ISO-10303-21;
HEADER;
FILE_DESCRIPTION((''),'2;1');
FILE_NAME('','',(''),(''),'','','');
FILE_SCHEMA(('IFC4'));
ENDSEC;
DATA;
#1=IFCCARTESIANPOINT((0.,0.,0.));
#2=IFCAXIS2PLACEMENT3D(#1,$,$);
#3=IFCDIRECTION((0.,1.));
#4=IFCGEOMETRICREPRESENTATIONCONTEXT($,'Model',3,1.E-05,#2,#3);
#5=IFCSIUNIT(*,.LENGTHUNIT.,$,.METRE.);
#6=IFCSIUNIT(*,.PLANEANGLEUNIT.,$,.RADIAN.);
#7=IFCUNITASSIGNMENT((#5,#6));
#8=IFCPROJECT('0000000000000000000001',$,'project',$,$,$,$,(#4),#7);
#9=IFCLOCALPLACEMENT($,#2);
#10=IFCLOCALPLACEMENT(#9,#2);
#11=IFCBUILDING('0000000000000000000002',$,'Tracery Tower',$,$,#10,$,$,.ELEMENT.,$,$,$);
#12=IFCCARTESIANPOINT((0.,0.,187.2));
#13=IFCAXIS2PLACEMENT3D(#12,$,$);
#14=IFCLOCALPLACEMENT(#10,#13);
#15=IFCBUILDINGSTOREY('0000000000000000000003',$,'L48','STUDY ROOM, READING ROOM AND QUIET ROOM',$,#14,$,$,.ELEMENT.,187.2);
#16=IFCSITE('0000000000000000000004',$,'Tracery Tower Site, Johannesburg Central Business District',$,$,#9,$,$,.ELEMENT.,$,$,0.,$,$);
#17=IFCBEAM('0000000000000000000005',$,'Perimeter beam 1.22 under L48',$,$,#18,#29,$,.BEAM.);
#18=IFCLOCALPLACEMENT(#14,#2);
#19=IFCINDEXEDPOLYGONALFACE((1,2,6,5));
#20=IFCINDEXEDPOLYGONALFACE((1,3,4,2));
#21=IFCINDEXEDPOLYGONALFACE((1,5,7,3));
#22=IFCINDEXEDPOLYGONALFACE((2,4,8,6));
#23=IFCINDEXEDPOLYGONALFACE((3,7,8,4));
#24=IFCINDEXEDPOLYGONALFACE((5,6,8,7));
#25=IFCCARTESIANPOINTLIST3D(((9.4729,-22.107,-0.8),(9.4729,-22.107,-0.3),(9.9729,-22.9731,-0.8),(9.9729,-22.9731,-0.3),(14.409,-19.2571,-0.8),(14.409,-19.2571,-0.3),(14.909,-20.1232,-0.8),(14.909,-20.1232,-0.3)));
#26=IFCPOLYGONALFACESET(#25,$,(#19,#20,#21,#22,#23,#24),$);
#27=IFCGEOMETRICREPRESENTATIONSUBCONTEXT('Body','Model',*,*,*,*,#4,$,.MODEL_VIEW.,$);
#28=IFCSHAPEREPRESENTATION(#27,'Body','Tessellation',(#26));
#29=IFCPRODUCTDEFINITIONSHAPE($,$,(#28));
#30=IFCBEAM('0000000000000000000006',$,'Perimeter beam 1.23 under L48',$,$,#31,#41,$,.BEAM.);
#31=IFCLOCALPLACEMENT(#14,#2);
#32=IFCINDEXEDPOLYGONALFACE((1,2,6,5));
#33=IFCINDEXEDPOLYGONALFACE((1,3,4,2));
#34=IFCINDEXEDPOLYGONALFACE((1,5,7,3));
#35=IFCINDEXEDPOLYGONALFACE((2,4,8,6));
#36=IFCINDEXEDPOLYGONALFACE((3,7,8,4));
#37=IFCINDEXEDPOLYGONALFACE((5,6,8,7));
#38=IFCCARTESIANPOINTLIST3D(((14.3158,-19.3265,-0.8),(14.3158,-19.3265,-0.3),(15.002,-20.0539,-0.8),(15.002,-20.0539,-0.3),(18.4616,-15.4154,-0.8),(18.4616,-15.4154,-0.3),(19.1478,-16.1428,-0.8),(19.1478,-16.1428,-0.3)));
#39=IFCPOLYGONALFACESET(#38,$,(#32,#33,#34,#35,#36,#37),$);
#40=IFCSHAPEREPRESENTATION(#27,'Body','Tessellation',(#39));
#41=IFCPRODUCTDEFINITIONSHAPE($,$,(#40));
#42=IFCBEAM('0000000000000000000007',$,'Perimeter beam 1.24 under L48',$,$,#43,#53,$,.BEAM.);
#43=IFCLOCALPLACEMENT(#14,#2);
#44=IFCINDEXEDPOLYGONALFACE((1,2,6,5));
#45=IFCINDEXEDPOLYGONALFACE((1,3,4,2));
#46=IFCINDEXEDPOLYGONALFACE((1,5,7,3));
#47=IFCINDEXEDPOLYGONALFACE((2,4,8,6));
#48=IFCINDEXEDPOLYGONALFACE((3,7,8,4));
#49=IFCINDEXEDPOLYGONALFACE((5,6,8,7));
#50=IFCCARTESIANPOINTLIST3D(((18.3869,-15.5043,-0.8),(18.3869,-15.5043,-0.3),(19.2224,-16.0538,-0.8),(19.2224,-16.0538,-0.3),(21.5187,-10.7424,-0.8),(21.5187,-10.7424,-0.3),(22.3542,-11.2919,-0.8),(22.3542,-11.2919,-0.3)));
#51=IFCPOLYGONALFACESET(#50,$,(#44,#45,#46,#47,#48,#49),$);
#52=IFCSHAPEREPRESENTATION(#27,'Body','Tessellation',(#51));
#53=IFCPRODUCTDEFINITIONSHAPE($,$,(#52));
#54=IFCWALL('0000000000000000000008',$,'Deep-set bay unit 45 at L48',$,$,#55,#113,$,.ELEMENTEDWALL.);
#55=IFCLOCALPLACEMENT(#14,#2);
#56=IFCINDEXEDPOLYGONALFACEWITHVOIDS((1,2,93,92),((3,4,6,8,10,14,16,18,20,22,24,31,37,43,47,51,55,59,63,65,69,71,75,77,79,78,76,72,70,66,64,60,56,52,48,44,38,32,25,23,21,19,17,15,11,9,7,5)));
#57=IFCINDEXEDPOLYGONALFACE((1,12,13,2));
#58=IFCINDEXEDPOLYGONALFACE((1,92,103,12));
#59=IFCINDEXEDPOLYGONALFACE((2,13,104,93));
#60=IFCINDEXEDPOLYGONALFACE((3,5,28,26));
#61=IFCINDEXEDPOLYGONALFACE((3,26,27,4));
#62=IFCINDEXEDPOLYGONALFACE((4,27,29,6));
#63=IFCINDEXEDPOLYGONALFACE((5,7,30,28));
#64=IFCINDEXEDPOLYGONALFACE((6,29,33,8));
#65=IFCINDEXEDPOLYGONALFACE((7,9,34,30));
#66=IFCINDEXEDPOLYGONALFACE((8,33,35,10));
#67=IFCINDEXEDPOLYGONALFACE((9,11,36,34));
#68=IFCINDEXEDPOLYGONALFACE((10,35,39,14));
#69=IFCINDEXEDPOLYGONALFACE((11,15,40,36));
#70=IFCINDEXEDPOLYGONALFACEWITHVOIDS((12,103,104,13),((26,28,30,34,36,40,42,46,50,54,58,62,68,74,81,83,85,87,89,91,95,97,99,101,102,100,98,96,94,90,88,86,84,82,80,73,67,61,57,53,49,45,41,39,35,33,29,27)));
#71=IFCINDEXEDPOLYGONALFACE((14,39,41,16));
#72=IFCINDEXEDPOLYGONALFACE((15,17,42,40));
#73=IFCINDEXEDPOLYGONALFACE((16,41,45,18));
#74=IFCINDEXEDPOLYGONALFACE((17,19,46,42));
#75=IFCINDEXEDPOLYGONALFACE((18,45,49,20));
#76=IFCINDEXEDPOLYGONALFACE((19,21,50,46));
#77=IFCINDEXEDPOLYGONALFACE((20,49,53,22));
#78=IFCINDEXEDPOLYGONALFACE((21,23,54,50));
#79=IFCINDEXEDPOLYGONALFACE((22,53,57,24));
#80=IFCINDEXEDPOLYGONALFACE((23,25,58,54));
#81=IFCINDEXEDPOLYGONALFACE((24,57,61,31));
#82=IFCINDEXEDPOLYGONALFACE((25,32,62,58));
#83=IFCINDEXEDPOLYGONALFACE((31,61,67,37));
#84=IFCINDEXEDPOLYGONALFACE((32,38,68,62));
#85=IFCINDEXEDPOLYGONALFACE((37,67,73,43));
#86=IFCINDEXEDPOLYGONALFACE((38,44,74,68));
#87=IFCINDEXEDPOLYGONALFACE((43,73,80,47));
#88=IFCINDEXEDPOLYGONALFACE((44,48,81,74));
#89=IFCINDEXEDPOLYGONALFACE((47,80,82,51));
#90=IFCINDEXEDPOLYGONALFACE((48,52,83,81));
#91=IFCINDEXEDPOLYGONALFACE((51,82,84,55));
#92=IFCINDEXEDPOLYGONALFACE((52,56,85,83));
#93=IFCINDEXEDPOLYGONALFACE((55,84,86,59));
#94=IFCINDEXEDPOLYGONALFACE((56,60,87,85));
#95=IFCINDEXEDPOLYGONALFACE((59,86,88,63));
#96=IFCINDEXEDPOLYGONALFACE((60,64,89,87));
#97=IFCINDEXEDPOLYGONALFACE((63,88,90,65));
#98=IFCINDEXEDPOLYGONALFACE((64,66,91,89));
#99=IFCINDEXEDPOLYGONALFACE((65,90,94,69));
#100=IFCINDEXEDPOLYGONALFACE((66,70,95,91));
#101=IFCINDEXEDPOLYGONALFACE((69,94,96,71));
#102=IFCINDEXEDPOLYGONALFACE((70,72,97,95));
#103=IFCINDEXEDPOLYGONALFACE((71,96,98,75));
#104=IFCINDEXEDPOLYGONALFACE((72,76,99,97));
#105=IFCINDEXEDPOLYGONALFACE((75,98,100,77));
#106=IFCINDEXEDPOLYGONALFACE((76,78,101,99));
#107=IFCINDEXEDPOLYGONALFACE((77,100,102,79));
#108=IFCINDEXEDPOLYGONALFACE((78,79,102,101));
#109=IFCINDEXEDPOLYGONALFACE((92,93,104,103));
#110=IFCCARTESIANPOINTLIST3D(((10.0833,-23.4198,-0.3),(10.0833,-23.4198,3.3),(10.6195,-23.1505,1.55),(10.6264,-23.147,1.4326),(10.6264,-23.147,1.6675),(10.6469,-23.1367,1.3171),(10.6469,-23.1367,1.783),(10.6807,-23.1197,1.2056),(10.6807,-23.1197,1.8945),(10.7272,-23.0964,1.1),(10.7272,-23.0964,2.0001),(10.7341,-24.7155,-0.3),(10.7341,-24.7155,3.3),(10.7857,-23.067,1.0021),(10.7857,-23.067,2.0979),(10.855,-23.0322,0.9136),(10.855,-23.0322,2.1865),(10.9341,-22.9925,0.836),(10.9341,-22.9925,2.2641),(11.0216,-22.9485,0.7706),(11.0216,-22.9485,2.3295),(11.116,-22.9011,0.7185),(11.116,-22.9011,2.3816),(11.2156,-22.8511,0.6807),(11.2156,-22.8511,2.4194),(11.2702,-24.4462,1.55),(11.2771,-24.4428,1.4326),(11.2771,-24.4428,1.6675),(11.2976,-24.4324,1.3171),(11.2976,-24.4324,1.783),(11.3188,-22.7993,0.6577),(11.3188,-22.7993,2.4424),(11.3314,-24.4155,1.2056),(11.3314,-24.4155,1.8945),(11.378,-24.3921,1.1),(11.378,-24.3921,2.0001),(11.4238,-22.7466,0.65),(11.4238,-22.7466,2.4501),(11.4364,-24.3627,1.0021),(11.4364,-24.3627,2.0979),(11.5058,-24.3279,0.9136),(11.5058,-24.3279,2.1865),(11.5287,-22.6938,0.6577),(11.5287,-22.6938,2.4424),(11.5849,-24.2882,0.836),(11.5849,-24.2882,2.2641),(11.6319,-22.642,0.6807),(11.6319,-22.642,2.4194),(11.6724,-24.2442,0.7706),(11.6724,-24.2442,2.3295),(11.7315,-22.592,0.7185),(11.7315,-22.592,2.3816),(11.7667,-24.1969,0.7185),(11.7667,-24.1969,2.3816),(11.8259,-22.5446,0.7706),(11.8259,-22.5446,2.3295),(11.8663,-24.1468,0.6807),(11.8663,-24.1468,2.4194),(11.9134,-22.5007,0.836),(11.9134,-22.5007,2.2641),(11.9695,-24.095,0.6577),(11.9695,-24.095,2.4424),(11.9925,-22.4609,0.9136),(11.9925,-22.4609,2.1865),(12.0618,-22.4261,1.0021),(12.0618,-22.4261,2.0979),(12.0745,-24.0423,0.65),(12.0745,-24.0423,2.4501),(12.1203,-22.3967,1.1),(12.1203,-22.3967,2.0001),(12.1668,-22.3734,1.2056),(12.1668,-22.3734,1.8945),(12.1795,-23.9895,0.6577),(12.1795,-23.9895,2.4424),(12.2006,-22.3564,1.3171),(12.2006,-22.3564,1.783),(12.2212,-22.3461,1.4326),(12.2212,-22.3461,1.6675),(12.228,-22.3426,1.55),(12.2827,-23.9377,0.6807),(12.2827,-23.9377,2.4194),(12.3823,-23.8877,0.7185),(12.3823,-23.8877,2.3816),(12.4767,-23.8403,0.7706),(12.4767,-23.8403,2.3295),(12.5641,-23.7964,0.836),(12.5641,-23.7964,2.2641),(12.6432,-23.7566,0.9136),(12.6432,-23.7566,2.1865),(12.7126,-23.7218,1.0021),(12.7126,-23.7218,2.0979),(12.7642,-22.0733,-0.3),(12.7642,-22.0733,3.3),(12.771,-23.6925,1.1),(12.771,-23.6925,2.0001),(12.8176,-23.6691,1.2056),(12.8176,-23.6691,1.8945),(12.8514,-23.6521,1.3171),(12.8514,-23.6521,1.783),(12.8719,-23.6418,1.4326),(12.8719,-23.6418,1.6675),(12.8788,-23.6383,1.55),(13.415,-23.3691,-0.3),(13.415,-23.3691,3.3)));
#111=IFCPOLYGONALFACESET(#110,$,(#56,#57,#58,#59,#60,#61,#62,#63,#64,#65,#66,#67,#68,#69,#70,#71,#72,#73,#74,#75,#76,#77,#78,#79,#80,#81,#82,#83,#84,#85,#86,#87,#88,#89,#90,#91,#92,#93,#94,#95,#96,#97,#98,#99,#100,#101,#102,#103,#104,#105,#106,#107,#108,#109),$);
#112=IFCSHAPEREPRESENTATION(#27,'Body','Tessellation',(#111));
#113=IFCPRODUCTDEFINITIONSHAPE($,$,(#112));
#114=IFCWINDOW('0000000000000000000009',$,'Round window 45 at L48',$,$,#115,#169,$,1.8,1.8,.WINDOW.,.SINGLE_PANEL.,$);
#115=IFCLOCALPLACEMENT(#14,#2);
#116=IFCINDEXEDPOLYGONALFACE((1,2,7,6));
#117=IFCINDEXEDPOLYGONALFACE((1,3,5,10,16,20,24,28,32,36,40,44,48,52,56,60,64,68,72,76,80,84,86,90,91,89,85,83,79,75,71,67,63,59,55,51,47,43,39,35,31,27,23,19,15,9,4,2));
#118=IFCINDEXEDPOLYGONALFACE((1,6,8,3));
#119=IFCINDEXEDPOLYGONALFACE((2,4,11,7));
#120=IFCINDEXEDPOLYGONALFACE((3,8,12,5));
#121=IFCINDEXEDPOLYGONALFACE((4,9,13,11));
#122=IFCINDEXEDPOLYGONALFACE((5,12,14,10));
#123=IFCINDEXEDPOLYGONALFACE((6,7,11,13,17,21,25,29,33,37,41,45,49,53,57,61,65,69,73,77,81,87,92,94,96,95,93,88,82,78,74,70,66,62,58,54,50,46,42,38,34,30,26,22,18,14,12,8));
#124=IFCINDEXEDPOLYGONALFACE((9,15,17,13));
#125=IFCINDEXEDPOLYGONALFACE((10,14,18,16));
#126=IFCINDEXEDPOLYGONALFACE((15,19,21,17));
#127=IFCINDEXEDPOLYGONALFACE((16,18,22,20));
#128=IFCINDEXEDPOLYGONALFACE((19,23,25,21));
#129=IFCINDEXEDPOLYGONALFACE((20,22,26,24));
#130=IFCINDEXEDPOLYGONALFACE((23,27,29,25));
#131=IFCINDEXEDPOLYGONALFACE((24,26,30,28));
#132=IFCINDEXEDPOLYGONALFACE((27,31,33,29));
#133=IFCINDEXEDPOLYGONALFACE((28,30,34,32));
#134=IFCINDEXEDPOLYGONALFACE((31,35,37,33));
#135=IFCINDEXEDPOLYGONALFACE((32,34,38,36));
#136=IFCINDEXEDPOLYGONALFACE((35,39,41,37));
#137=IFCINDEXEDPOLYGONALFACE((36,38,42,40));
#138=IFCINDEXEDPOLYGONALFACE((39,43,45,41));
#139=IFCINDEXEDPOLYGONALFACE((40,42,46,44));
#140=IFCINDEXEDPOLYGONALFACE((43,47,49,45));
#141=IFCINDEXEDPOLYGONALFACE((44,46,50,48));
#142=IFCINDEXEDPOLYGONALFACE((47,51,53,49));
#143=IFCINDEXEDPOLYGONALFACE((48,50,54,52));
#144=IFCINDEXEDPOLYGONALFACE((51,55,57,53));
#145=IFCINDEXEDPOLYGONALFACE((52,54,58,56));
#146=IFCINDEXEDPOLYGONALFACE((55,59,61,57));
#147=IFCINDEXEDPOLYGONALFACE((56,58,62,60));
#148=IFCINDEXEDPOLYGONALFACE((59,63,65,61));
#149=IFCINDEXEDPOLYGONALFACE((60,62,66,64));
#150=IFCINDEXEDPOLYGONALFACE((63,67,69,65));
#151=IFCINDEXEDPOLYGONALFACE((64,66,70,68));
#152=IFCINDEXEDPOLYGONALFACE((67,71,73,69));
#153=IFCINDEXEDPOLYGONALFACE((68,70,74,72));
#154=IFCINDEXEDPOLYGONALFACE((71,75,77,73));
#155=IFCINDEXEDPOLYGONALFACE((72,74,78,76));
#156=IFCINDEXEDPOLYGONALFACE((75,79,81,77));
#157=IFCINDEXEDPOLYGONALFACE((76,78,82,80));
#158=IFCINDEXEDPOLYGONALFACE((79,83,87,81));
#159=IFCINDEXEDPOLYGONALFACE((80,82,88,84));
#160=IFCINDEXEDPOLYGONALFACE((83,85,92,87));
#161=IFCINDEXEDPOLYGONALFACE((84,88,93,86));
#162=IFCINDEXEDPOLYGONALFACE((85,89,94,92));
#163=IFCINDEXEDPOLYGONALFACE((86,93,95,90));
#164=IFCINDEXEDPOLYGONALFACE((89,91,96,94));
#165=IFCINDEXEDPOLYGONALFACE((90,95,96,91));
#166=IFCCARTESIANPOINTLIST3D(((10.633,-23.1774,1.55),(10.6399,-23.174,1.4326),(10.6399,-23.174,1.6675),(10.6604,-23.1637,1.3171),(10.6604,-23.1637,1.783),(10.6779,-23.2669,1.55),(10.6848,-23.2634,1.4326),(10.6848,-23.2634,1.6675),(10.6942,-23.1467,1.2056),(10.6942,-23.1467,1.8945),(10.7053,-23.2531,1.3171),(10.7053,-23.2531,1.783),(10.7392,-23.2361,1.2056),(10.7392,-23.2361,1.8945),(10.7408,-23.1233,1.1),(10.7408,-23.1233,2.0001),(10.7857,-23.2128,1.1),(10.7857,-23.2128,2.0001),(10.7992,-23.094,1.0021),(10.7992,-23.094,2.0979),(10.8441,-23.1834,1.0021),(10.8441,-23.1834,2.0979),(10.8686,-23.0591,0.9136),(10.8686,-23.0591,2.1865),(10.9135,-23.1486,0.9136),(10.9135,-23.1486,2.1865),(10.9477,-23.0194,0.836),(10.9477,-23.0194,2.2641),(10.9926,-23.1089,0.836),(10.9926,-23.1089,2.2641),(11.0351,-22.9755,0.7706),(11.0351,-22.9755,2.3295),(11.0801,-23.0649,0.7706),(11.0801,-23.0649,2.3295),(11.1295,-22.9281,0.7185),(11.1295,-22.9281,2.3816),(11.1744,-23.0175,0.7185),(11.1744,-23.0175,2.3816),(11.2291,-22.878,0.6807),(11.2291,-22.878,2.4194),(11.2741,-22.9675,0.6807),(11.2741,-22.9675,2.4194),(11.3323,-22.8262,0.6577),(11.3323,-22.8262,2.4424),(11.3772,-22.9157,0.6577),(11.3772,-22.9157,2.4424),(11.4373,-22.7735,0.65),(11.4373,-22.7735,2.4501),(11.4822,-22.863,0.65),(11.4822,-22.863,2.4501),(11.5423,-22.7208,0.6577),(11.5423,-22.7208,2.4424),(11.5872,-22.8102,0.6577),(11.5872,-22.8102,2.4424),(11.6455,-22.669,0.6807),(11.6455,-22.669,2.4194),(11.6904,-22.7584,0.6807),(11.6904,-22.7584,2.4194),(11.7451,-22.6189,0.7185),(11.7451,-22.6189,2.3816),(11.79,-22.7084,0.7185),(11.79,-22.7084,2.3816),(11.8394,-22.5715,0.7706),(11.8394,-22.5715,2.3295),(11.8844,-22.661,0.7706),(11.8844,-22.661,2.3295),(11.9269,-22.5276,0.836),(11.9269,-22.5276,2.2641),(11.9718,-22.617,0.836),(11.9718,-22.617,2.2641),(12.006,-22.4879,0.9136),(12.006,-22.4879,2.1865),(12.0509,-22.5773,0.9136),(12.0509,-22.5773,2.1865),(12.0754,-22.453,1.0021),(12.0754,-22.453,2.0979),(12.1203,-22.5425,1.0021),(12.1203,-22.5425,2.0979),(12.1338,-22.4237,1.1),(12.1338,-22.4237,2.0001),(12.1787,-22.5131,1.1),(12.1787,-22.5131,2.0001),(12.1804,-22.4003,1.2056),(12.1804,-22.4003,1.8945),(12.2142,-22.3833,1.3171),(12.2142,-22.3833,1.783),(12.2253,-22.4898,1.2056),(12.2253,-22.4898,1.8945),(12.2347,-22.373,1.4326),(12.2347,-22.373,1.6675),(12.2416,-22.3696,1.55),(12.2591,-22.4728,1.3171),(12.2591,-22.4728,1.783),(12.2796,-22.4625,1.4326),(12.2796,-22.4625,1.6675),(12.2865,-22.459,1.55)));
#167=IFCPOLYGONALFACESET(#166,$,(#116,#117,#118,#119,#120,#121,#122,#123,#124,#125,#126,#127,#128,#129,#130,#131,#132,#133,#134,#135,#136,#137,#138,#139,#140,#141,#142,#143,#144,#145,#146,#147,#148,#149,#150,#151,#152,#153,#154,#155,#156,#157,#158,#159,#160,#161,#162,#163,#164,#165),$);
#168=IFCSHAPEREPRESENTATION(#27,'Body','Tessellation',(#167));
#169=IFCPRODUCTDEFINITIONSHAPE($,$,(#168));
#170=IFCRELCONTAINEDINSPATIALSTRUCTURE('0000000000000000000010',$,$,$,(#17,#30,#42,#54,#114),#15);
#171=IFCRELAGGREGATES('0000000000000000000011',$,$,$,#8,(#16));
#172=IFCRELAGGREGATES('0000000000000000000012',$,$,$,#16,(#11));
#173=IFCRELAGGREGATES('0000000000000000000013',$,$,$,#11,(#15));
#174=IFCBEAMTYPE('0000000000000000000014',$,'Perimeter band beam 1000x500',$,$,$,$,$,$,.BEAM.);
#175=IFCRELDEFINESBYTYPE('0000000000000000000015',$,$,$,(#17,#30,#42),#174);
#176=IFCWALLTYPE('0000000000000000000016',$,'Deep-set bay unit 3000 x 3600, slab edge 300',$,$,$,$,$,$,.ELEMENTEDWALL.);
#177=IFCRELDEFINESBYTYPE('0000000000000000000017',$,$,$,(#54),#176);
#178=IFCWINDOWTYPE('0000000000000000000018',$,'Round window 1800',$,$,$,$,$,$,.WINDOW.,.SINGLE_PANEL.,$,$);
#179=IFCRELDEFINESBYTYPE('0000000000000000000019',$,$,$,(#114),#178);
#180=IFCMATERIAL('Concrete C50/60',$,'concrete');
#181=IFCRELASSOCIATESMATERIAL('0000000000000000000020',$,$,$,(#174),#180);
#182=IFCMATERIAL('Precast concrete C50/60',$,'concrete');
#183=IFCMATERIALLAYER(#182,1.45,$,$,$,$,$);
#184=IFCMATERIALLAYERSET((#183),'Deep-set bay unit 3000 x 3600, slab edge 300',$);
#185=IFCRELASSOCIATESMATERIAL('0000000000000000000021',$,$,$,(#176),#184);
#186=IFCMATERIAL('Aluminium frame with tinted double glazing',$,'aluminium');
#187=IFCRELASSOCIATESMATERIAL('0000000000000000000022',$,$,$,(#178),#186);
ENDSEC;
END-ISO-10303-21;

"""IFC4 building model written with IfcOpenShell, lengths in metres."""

from ifc_helpers import new_model, si_unit, direction, frame, frame_2d, origin, origin_2d, place, context, subcontext, project, spatial, rectangle, circle, extrude, material, layer, layer_set, material_profile, profile_set, type_object, element, fill, save


model = new_model("IFC4")

# Units and contexts
model_context = context("Model", 3, precision=1e-05, world=origin(), true_north=direction((0.0, 1.0)))
body_context = subcontext(model_context, "Body", "Model", "MODEL_VIEW")
ifc_project = project(units=[si_unit("LENGTHUNIT", "METRE"), si_unit("PLANEANGLEUNIT", "RADIAN")], contexts=[model_context])

# Site, building, storey
site_placement = place(None, origin())
site = spatial("IfcSite", under=ifc_project, at=site_placement, Name="Tracery Tower Site, Johannesburg Central Business District", CompositionType="ELEMENT", RefElevation=0.0)
building_placement = place(site_placement, origin())
building = spatial("IfcBuilding", under=site, at=building_placement, Name="Tracery Tower", CompositionType="ELEMENT")
storey_placement = place(building_placement, frame((0.0, 0.0, 187.2)))
storey = spatial("IfcBuildingStorey", under=building, at=storey_placement, Name="L48", Description="STUDY ROOM, READING ROOM AND QUIET ROOM", CompositionType="ELEMENT", Elevation=187.2)

# Beams
ifc_material_1 = material(Name="Concrete C50/60", Category="concrete")
ifc_material_profile_1 = material_profile(ifc_material_1, rectangle(XDim=1.0, YDim=0.5, at=origin_2d()), Name="RC 1000x500")
ifc_profile_set_1 = profile_set([ifc_material_profile_1], Name="Concrete C50/60")
beam_type = type_object("IfcBeamType", Name="Perimeter band beam 1000x500", PredefinedType="BEAM", material=ifc_profile_set_1)
beam_placement = place(storey_placement, frame((9.7229, -22.54, -0.55), z_axis=(0.866023, 0.500004, 0.0), x_axis=(-0.500004, 0.866023, 0.0)))
element("IfcBeam", 1, at=beam_placement, inside=storey, type_object=beam_type, Name="Perimeter beam 1.22 under L48", PredefinedType="BEAM", context=body_context, shape_type="SweptSolid", body=[
    extrude(rectangle(XDim=1.0, YDim=0.5, at=origin_2d()), origin(), (0.0, 0.0, 1.0), 5.6997),
])
for number, where, z_axis, x_axis, name in (
    (2, (14.6589, -19.6902, -0.55), (0.72739, 0.686225, 0.0), (-0.686225, 0.72739, 0.0), "Perimeter beam 1.23 under L48"),
    (3, (18.8047, -15.7791, -0.55), (0.54949, 0.8355, 0.0), (-0.8355, 0.54949, 0.0), "Perimeter beam 1.24 under L48"),
):
    element("IfcBeam", number, at=place(storey_placement, frame(where, z_axis=z_axis, x_axis=x_axis)), inside=storey, type_object=beam_type, Name=name, PredefinedType="BEAM", context=body_context, shape_type="SweptSolid", body=[
        extrude(rectangle(XDim=1.0, YDim=0.5, at=origin_2d()), origin(), (0.0, 0.0, 1.0), 5.6995),
    ])

# Wall, opening, window
ifc_material_2 = material(Name="Precast concrete C50/60", Category="concrete")
ifc_layer_1 = layer(ifc_material_2, 1.45)
ifc_layer_set_1 = layer_set([ifc_layer_1], Name="Deep-set bay unit 3000 x 3600, slab edge 300")
wall_type_1 = type_object("IfcWallType", Name="Deep-set bay unit 3000 x 3600, slab edge 300", PredefinedType="ELEMENTEDWALL", material=ifc_layer_set_1)
wall_1_placement = place(storey_placement, frame((10.4087, -24.0676, -0.3), z_axis=(0.0, 0.0, 1.0), x_axis=(0.893628, 0.448808, 0.0)))
wall_1 = element("IfcWall", 4, at=wall_1_placement, inside=storey, type_object=wall_type_1, Name="Deep-set bay unit 45 at L48", PredefinedType="ELEMENTEDWALL", context=body_context, shape_type="SweptSolid", body=[
    extrude(rectangle(XDim=3.0, YDim=1.45, at=frame_2d((1.5, 0.0))), origin(), (0.0, 0.0, 1.0), 3.6001),
])
opening_1_placement = place(wall_1_placement, frame((1.5, 0.0, 1.8501)))
opening_1 = element("IfcOpeningElement", 5, at=opening_1_placement, cuts=wall_1, PredefinedType="OPENING", context=body_context, shape_type="SweptSolid", body=[
    extrude(circle(Radius=0.9, at=origin_2d()), frame((0.0, 0.7349, 0.0), z_axis=(0.0, -1.0, 0.0), x_axis=(1.0, 0.0, 0.0)), (0.0, 0.0, 1.0), 1.47),
])
ifc_material_3 = material(Name="Aluminium frame with tinted double glazing", Category="aluminium")
window_type = type_object("IfcWindowType", Name="Round window 1800", PartitioningType="SINGLE_PANEL", PredefinedType="WINDOW", material=ifc_material_3)
window_1_placement = place(opening_1_placement, origin())
window_1 = element("IfcWindow", 6, at=window_1_placement, inside=storey, type_object=window_type, Name="Round window 45 at L48", OverallHeight=1.8, OverallWidth=1.8, PartitioningType="SINGLE_PANEL", PredefinedType="WINDOW", context=body_context, shape_type="SweptSolid", body=[
    extrude(circle(Radius=0.9, at=origin_2d()), frame((0.0, 0.6948, 0.0), z_axis=(0.0, -1.0, 0.0), x_axis=(1.0, 0.0, 0.0)), (0.0, 0.0, 1.0), 0.1001),
])
fill(opening_1, window_1)

save(model, "model.ifc")
